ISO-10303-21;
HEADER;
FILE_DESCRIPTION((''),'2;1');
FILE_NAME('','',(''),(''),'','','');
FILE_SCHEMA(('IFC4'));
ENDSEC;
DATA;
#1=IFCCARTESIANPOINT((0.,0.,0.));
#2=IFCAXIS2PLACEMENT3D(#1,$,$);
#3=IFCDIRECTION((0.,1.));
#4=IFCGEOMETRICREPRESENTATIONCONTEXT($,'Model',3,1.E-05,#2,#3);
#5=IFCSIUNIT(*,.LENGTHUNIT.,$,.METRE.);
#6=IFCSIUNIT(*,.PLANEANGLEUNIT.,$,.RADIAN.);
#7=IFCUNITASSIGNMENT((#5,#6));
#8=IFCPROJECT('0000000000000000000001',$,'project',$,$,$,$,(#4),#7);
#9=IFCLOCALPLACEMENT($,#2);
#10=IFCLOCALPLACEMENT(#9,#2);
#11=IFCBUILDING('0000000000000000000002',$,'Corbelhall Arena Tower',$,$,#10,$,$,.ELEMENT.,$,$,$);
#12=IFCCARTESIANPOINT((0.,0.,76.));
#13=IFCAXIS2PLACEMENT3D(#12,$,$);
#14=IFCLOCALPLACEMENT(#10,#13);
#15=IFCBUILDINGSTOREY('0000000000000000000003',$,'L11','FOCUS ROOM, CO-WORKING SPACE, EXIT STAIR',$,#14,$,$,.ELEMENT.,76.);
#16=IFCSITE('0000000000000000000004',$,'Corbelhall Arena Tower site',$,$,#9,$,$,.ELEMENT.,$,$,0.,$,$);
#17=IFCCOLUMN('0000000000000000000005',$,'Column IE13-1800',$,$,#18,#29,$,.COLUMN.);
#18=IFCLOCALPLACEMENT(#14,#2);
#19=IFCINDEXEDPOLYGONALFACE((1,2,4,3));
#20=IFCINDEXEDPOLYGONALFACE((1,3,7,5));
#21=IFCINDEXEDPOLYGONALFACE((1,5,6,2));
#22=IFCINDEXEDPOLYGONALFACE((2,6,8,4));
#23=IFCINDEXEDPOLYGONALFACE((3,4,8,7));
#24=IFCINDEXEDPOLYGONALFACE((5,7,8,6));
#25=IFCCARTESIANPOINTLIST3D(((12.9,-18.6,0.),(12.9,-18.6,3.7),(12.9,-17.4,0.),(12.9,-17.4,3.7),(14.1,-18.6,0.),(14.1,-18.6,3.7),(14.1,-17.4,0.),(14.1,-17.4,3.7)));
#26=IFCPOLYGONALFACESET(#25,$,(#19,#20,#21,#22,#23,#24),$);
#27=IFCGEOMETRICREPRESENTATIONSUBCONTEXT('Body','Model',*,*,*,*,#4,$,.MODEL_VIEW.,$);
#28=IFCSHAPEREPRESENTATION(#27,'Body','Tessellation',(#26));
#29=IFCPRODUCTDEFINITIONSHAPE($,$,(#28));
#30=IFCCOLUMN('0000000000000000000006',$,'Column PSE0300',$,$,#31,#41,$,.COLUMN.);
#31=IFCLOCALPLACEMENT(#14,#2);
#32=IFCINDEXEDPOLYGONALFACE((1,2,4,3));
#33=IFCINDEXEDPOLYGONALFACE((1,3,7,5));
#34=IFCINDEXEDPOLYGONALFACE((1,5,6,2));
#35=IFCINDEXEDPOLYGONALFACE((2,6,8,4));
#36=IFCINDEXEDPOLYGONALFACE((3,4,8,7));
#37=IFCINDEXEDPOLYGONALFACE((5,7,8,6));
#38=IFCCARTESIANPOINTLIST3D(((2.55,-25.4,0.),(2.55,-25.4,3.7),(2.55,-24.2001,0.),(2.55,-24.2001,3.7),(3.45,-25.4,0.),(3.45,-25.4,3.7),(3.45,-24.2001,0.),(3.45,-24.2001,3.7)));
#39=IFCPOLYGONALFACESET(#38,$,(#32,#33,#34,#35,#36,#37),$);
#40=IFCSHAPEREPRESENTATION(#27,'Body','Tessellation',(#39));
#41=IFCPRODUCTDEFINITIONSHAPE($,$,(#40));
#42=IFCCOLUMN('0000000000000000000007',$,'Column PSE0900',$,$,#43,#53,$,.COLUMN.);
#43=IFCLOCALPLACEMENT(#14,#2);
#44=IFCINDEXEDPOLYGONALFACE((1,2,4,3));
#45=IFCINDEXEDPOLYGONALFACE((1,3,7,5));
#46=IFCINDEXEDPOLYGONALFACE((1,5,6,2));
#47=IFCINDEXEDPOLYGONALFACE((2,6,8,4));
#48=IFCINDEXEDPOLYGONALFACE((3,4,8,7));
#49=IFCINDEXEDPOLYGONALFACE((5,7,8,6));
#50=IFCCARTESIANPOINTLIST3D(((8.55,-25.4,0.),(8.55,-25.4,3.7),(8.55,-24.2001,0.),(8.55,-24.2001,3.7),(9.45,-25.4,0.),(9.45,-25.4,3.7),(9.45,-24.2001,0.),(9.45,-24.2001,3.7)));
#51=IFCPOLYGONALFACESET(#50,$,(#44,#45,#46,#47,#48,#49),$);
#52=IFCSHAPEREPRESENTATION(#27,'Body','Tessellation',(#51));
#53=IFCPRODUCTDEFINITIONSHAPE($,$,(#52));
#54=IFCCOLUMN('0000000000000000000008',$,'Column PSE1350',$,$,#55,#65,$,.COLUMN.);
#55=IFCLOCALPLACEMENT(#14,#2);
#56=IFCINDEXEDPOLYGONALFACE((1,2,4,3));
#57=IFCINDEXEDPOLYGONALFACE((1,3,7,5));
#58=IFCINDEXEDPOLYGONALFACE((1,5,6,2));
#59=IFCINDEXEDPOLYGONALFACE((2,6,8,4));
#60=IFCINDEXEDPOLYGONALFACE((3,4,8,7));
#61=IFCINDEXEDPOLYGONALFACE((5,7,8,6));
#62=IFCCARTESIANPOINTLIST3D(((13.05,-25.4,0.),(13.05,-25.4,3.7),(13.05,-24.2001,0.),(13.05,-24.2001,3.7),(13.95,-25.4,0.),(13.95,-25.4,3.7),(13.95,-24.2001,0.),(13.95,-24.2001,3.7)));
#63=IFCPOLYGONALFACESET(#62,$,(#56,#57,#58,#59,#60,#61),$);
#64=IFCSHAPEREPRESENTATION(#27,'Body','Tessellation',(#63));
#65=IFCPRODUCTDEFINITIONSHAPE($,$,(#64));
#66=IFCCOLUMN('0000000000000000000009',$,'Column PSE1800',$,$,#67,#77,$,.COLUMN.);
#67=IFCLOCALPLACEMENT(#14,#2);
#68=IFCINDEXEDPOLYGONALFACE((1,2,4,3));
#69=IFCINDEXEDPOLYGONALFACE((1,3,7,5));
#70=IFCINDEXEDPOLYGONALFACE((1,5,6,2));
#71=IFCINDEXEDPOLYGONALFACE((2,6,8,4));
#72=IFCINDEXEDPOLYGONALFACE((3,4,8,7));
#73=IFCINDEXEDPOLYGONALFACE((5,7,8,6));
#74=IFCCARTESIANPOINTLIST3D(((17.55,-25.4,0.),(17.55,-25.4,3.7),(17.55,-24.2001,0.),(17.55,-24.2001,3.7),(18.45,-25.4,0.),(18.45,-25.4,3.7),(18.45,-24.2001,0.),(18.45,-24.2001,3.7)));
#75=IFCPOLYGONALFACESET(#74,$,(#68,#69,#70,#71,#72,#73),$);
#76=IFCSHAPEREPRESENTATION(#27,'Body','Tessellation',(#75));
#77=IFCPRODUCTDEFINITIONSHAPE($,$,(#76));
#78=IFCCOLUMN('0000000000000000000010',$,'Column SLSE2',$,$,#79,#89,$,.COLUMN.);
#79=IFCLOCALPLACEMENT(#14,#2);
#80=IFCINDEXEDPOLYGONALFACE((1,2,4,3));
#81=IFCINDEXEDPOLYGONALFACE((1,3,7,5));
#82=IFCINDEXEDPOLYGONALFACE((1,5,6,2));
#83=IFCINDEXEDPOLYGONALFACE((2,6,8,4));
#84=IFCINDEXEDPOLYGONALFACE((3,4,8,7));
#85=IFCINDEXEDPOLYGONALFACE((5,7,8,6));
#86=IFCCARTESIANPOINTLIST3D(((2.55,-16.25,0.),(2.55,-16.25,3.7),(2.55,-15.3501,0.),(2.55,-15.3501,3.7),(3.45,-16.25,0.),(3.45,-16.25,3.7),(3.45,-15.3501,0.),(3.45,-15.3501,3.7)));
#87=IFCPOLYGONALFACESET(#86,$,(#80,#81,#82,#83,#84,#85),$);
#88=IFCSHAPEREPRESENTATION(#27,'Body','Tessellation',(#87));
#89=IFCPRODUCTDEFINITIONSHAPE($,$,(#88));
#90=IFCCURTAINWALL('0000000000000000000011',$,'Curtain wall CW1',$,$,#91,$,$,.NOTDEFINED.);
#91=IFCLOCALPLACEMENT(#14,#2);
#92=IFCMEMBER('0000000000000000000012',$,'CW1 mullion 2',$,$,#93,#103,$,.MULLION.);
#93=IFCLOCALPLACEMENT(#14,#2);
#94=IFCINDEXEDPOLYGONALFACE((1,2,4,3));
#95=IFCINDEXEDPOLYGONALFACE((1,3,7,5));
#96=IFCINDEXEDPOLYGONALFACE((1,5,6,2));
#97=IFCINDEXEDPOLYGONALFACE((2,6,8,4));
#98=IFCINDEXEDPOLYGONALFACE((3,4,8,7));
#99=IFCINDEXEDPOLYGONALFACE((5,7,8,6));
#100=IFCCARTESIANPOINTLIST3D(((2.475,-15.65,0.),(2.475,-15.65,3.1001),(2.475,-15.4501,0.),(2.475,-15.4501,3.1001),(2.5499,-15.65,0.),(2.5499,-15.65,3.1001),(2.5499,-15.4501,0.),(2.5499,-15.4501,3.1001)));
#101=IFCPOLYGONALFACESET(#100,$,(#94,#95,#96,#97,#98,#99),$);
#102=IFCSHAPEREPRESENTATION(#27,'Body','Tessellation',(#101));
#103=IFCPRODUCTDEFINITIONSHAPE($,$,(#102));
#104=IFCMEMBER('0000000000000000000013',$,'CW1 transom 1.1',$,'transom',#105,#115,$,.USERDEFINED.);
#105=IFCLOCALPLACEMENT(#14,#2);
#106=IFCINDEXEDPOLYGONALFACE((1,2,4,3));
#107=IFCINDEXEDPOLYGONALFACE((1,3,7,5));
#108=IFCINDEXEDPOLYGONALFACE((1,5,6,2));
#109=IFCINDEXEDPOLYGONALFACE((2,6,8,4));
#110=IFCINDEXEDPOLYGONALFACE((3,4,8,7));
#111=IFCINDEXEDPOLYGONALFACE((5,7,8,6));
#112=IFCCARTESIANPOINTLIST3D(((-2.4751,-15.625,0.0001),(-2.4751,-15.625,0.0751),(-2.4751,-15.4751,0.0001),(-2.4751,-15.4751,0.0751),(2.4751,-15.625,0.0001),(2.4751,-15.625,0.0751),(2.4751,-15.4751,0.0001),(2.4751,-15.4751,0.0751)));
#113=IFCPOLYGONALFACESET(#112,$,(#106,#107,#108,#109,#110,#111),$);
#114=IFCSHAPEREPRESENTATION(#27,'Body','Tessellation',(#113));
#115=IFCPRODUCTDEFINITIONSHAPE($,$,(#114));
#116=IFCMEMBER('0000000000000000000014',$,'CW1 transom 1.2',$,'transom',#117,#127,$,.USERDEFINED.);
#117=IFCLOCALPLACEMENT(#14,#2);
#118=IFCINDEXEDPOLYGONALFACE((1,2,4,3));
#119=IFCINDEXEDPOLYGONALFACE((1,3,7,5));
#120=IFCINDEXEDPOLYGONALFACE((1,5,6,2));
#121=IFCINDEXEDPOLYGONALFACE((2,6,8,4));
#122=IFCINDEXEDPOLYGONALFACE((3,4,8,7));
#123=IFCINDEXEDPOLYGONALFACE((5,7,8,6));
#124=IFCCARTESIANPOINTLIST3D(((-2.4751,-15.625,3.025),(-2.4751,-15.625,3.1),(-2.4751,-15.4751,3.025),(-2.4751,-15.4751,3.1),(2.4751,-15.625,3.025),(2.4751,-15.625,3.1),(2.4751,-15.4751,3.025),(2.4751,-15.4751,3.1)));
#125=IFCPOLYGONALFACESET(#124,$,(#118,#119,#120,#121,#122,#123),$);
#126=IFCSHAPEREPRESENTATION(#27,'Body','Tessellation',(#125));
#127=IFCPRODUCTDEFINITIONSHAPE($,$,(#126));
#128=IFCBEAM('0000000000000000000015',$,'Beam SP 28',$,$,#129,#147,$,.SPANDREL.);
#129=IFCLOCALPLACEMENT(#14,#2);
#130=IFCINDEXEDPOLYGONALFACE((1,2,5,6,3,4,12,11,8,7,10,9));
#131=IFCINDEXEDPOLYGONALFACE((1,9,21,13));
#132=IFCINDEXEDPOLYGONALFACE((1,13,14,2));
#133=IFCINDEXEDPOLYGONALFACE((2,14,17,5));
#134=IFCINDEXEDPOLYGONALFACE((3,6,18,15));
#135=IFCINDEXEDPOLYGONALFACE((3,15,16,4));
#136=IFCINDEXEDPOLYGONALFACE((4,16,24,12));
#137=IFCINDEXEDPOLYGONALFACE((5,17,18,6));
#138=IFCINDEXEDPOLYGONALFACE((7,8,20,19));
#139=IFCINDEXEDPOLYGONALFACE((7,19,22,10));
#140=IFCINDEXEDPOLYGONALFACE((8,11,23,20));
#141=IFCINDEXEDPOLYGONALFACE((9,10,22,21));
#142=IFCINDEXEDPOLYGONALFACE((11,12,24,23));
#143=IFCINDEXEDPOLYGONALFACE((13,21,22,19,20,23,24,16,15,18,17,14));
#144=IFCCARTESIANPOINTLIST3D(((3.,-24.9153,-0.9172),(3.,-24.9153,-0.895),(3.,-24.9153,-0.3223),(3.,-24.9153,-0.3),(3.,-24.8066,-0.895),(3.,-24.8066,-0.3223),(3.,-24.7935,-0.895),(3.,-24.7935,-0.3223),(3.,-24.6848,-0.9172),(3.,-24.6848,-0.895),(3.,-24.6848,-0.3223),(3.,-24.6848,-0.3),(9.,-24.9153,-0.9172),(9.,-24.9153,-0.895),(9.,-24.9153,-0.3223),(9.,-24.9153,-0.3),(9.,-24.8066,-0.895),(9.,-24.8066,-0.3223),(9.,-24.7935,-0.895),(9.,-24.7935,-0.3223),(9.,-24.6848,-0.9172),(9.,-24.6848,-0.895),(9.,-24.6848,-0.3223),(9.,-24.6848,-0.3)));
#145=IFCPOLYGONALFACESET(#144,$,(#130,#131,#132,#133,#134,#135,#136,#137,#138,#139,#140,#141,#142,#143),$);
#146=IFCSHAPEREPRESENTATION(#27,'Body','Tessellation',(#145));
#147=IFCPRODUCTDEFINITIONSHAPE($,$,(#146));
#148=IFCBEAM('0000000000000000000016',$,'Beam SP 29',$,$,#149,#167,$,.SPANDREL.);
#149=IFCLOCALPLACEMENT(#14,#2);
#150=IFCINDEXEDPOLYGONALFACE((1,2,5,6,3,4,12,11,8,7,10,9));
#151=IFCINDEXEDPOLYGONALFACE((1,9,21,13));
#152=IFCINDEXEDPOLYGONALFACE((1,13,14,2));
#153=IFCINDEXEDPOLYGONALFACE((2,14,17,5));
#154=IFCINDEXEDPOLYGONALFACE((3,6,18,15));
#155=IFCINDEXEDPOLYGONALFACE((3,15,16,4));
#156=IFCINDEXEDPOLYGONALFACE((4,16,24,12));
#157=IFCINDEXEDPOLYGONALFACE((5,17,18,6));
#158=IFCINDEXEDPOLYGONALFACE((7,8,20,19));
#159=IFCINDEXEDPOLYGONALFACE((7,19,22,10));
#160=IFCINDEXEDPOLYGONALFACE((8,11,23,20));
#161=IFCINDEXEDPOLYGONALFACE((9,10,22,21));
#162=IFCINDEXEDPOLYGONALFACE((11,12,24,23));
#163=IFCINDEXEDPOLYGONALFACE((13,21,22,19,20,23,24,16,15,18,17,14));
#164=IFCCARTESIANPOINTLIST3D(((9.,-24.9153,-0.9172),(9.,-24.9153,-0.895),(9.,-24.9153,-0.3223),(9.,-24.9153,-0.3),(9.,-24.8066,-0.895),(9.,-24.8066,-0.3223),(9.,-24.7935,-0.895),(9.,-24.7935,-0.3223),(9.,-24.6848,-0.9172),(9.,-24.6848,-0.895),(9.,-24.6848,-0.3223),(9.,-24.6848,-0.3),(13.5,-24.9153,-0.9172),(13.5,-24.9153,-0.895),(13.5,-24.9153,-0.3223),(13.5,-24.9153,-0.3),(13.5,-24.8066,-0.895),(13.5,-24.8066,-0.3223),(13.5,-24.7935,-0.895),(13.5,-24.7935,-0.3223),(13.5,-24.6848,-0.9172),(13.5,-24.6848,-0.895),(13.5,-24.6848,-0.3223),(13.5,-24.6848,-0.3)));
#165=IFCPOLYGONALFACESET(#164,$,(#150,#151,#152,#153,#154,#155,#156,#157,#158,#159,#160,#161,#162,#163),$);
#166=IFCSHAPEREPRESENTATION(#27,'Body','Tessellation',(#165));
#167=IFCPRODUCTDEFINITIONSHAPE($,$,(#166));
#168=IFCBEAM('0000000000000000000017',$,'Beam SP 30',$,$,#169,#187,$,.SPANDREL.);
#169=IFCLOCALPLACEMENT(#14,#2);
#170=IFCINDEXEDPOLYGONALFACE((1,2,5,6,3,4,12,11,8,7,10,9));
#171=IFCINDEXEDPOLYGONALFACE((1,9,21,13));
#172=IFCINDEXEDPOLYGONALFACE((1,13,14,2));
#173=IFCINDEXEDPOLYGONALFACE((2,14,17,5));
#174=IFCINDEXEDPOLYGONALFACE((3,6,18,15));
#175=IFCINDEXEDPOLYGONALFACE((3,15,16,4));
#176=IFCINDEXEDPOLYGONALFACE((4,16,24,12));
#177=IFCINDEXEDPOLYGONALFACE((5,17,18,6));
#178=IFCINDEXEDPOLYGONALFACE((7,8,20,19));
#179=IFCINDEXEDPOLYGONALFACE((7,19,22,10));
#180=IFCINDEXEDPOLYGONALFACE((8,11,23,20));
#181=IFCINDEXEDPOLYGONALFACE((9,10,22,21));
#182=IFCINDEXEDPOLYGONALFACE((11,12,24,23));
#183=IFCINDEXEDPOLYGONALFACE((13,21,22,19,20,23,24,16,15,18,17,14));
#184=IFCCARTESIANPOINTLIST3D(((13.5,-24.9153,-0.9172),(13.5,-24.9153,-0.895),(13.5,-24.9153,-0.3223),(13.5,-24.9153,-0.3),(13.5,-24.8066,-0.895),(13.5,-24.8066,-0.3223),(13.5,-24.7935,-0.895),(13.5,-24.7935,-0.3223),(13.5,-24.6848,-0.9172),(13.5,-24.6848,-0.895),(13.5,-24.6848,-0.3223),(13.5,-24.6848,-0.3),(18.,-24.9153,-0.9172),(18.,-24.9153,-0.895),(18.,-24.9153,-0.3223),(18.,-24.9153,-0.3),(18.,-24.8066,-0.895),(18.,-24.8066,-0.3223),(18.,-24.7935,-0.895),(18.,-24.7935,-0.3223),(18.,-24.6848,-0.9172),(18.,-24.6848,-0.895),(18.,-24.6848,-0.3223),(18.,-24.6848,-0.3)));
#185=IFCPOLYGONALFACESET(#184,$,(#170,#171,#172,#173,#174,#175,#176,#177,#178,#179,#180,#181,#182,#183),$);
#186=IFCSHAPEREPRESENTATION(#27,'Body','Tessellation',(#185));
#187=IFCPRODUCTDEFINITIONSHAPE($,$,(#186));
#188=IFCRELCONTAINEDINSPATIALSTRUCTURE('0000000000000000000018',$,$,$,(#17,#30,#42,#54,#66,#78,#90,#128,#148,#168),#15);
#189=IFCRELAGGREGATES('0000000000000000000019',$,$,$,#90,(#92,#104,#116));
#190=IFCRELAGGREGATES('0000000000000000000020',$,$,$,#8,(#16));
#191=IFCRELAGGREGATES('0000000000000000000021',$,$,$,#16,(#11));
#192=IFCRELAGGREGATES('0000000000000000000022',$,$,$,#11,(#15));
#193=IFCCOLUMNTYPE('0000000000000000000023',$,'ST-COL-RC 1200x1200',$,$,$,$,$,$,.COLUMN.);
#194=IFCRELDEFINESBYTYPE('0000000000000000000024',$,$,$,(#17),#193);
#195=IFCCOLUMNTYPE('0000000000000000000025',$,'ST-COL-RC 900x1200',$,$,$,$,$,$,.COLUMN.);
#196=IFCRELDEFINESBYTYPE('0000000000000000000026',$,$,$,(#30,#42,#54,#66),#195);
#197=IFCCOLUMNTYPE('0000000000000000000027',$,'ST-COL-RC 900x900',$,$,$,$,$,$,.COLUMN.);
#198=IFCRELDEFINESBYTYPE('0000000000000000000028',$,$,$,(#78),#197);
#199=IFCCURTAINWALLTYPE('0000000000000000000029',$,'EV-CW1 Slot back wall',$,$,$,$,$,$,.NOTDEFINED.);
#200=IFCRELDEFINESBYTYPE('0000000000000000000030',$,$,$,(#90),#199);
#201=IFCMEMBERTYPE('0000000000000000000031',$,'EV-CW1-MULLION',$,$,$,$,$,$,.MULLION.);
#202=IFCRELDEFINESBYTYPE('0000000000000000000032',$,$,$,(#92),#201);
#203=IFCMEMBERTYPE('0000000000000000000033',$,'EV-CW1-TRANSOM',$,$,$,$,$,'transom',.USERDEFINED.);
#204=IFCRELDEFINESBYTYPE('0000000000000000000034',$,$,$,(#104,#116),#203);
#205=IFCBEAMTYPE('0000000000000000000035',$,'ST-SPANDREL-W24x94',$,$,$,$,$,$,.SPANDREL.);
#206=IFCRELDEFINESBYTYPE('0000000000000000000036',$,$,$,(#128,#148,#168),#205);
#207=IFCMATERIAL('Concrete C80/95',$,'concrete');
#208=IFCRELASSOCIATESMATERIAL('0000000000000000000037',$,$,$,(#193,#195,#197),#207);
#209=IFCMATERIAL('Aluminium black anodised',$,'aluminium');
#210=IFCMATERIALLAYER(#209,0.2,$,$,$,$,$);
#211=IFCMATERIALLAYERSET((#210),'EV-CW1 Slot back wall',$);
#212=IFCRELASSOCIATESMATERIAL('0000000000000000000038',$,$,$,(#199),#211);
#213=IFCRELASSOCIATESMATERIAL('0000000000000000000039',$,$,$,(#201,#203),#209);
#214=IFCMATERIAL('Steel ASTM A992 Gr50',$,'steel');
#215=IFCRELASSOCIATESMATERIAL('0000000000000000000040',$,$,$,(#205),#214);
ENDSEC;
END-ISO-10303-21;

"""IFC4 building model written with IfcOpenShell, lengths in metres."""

from ifc_helpers import new_model, si_unit, direction, frame, origin, origin_2d, place, context, subcontext, project, spatial, rectangle, i_section, extrude, material, layer, layer_set, material_profile, profile_set, type_object, element, aggregate, save


model = new_model("IFC4")

# Units and contexts
model_context = context("Model", 3, precision=1e-05, world=origin(), true_north=direction((0.0, 1.0)))
body_context = subcontext(model_context, "Body", "Model", "MODEL_VIEW")
ifc_project = project(units=[si_unit("LENGTHUNIT", "METRE"), si_unit("PLANEANGLEUNIT", "RADIAN")], contexts=[model_context])

# Site, building, storey
site_placement = place(None, origin())
site = spatial("IfcSite", under=ifc_project, at=site_placement, Name="Corbelhall Arena Tower site", CompositionType="ELEMENT", RefElevation=0.0)
building_placement = place(site_placement, origin())
building = spatial("IfcBuilding", under=site, at=building_placement, Name="Corbelhall Arena Tower", CompositionType="ELEMENT")
storey_placement = place(building_placement, frame((0.0, 0.0, 76.0)))
storey = spatial("IfcBuildingStorey", under=building, at=storey_placement, Name="L11", Description="FOCUS ROOM, CO-WORKING SPACE, EXIT STAIR", CompositionType="ELEMENT", Elevation=76.0)

# Columns
ifc_material_1 = material(Name="Concrete C80/95", Category="concrete")
ifc_material_profile_1 = material_profile(ifc_material_1, rectangle(XDim=1.2, YDim=1.2, at=origin_2d()))
ifc_profile_set_1 = profile_set([ifc_material_profile_1], Name="Concrete C80/95")
column_type_1 = type_object("IfcColumnType", Name="ST-COL-RC 1200x1200", PredefinedType="COLUMN", material=ifc_profile_set_1)
column_1_placement = place(storey_placement, frame((13.5, -18.0, 0.0), z_axis=(0.0, 0.0, 1.0), x_axis=(1.0, 0.0, 0.0)))
element("IfcColumn", 1, at=column_1_placement, inside=storey, type_object=column_type_1, Name="Column IE13-1800", PredefinedType="COLUMN", context=body_context, shape_type="SweptSolid", body=[
    extrude(rectangle(XDim=1.2, YDim=1.2, at=origin_2d()), origin(), (0.0, 0.0, 1.0), 3.7),
])
ifc_material_profile_2 = material_profile(ifc_material_1, rectangle(XDim=0.8999, YDim=1.2, at=origin_2d()))
ifc_profile_set_2 = profile_set([ifc_material_profile_2], Name="Concrete C80/95")
column_type_2 = type_object("IfcColumnType", Name="ST-COL-RC 900x1200", PredefinedType="COLUMN", material=ifc_profile_set_2)
for number, where, z_axis, x_axis, name in (
    (2, (3.0, -24.8, 0.0), (0.0, 0.0, 1.0), (1.0, 0.0, 0.0), "Column PSE0300"),
    (3, (9.0, -24.8, 0.0), (0.0, 0.0, 1.0), (1.0, 0.0, 0.0), "Column PSE0900"),
    (4, (13.5, -24.8, 0.0), (0.0, 0.0, 1.0), (1.0, 0.0, 0.0), "Column PSE1350"),
    (5, (18.0, -24.8, 0.0), (0.0, 0.0, 1.0), (1.0, 0.0, 0.0), "Column PSE1800"),
):
    element("IfcColumn", number, at=place(storey_placement, frame(where, z_axis=z_axis, x_axis=x_axis)), inside=storey, type_object=column_type_2, Name=name, PredefinedType="COLUMN", context=body_context, shape_type="SweptSolid", body=[
        extrude(rectangle(XDim=0.8999, YDim=1.2, at=origin_2d()), origin(), (0.0, 0.0, 1.0), 3.7),
    ])
ifc_material_profile_3 = material_profile(ifc_material_1, rectangle(XDim=0.8999, YDim=0.8999, at=origin_2d()))
ifc_profile_set_3 = profile_set([ifc_material_profile_3], Name="Concrete C80/95")
column_type_3 = type_object("IfcColumnType", Name="ST-COL-RC 900x900", PredefinedType="COLUMN", material=ifc_profile_set_3)
column_2_placement = place(storey_placement, frame((3.0, -15.8, 0.0), z_axis=(0.0, 0.0, 1.0), x_axis=(1.0, 0.0, 0.0)))
element("IfcColumn", 6, at=column_2_placement, inside=storey, type_object=column_type_3, Name="Column SLSE2", PredefinedType="COLUMN", context=body_context, shape_type="SweptSolid", body=[
    extrude(rectangle(XDim=0.8999, YDim=0.8999, at=origin_2d()), origin(), (0.0, 0.0, 1.0), 3.7),
])

# Curtain wall, members
ifc_material_2 = material(Name="Aluminium black anodised", Category="aluminium")
ifc_layer_1 = layer(ifc_material_2, 0.2)
ifc_layer_set_1 = layer_set([ifc_layer_1], Name="EV-CW1 Slot back wall")
curtain_wall_type = type_object("IfcCurtainWallType", Name="EV-CW1 Slot back wall", PredefinedType="NOTDEFINED", material=ifc_layer_set_1)
curtain_wall_placement = place(storey_placement, origin())
curtain_wall = element("IfcCurtainWall", 7, at=curtain_wall_placement, inside=storey, type_object=curtain_wall_type, Name="Curtain wall CW1", PredefinedType="NOTDEFINED")
ifc_material_profile_4 = material_profile(ifc_material_2, rectangle(XDim=0.2, YDim=0.075, at=origin_2d()))
ifc_profile_set_4 = profile_set([ifc_material_profile_4], Name="Aluminium black anodised")
member_type_1 = type_object("IfcMemberType", Name="EV-CW1-MULLION", PredefinedType="MULLION", material=ifc_profile_set_4)
member_1_placement = place(storey_placement, frame((2.5125, -15.55, 0.0), z_axis=(0.0, 0.0, 1.0), x_axis=(0.0, 1.0, 0.0)))
member_1 = element("IfcMember", 8, at=member_1_placement, type_object=member_type_1, Name="CW1 mullion 2", PredefinedType="MULLION", context=body_context, shape_type="SweptSolid", body=[
    extrude(rectangle(XDim=0.2, YDim=0.075, at=origin_2d()), origin(), (0.0, 0.0, 1.0), 3.1001),
])
ifc_material_profile_5 = material_profile(ifc_material_2, rectangle(XDim=0.1499, YDim=0.075, at=origin_2d()))
ifc_profile_set_5 = profile_set([ifc_material_profile_5], Name="Aluminium black anodised")
member_type_2 = type_object("IfcMemberType", Name="EV-CW1-TRANSOM", ElementType="transom", PredefinedType="USERDEFINED", material=ifc_profile_set_5)
member_2_placement = place(storey_placement, frame((-2.4751, -15.55, 0.0376), z_axis=(1.0, 0.0, 0.0), x_axis=(0.0, 1.0, 0.0)))
member_2 = element("IfcMember", 9, at=member_2_placement, type_object=member_type_2, Name="CW1 transom 1.1", ObjectType="transom", PredefinedType="USERDEFINED", context=body_context, shape_type="SweptSolid", body=[
    extrude(rectangle(XDim=0.1499, YDim=0.075, at=origin_2d()), origin(), (0.0, 0.0, 1.0), 4.9502),
])
member_3_placement = place(storey_placement, frame((-2.4751, -15.55, 3.0625), z_axis=(1.0, 0.0, 0.0), x_axis=(0.0, 1.0, 0.0)))
member_3 = element("IfcMember", 10, at=member_3_placement, type_object=member_type_2, Name="CW1 transom 1.2", ObjectType="transom", PredefinedType="USERDEFINED", context=body_context, shape_type="SweptSolid", body=[
    extrude(rectangle(XDim=0.1499, YDim=0.075, at=origin_2d()), origin(), (0.0, 0.0, 1.0), 4.9502),
])

# Beams
ifc_material_3 = material(Name="Steel ASTM A992 Gr50", Category="steel")
ifc_material_profile_6 = material_profile(ifc_material_3, i_section(OverallWidth=0.2305, OverallDepth=0.6172, WebThickness=0.0132, FlangeThickness=0.0222, at=origin_2d()))
ifc_profile_set_6 = profile_set([ifc_material_profile_6], Name="Steel ASTM A992 Gr50")
beam_type_1 = type_object("IfcBeamType", Name="ST-SPANDREL-W24x94", PredefinedType="SPANDREL", material=ifc_profile_set_6)
beam_1_placement = place(storey_placement, frame((9.0, -24.8, -0.6086), z_axis=(-1.0, 0.0, 0.0), x_axis=(0.0, -1.0, 0.0)))
element("IfcBeam", 11, at=beam_1_placement, inside=storey, type_object=beam_type_1, Name="Beam SP 28", PredefinedType="SPANDREL", context=body_context, shape_type="SweptSolid", body=[
    extrude(i_section(OverallWidth=0.2305, OverallDepth=0.6172, WebThickness=0.0132, FlangeThickness=0.0222, at=origin_2d()), origin(), (0.0, 0.0, 1.0), 6.0),
])
for number, where, z_axis, x_axis, name in (
    (12, (13.5, -24.8, -0.6086), (-1.0, 0.0, 0.0), (0.0, -1.0, 0.0), "Beam SP 29"),
    (13, (18.0, -24.8, -0.6086), (-1.0, 0.0, 0.0), (0.0, -1.0, 0.0), "Beam SP 30"),
):
    element("IfcBeam", number, at=place(storey_placement, frame(where, z_axis=z_axis, x_axis=x_axis)), inside=storey, type_object=beam_type_1, Name=name, PredefinedType="SPANDREL", context=body_context, shape_type="SweptSolid", body=[
        extrude(i_section(OverallWidth=0.2305, OverallDepth=0.6172, WebThickness=0.0132, FlangeThickness=0.0222, at=origin_2d()), origin(), (0.0, 0.0, 1.0), 4.5),
    ])

aggregate(curtain_wall, [member_1, member_2, member_3])

save(model, "model.ifc")
